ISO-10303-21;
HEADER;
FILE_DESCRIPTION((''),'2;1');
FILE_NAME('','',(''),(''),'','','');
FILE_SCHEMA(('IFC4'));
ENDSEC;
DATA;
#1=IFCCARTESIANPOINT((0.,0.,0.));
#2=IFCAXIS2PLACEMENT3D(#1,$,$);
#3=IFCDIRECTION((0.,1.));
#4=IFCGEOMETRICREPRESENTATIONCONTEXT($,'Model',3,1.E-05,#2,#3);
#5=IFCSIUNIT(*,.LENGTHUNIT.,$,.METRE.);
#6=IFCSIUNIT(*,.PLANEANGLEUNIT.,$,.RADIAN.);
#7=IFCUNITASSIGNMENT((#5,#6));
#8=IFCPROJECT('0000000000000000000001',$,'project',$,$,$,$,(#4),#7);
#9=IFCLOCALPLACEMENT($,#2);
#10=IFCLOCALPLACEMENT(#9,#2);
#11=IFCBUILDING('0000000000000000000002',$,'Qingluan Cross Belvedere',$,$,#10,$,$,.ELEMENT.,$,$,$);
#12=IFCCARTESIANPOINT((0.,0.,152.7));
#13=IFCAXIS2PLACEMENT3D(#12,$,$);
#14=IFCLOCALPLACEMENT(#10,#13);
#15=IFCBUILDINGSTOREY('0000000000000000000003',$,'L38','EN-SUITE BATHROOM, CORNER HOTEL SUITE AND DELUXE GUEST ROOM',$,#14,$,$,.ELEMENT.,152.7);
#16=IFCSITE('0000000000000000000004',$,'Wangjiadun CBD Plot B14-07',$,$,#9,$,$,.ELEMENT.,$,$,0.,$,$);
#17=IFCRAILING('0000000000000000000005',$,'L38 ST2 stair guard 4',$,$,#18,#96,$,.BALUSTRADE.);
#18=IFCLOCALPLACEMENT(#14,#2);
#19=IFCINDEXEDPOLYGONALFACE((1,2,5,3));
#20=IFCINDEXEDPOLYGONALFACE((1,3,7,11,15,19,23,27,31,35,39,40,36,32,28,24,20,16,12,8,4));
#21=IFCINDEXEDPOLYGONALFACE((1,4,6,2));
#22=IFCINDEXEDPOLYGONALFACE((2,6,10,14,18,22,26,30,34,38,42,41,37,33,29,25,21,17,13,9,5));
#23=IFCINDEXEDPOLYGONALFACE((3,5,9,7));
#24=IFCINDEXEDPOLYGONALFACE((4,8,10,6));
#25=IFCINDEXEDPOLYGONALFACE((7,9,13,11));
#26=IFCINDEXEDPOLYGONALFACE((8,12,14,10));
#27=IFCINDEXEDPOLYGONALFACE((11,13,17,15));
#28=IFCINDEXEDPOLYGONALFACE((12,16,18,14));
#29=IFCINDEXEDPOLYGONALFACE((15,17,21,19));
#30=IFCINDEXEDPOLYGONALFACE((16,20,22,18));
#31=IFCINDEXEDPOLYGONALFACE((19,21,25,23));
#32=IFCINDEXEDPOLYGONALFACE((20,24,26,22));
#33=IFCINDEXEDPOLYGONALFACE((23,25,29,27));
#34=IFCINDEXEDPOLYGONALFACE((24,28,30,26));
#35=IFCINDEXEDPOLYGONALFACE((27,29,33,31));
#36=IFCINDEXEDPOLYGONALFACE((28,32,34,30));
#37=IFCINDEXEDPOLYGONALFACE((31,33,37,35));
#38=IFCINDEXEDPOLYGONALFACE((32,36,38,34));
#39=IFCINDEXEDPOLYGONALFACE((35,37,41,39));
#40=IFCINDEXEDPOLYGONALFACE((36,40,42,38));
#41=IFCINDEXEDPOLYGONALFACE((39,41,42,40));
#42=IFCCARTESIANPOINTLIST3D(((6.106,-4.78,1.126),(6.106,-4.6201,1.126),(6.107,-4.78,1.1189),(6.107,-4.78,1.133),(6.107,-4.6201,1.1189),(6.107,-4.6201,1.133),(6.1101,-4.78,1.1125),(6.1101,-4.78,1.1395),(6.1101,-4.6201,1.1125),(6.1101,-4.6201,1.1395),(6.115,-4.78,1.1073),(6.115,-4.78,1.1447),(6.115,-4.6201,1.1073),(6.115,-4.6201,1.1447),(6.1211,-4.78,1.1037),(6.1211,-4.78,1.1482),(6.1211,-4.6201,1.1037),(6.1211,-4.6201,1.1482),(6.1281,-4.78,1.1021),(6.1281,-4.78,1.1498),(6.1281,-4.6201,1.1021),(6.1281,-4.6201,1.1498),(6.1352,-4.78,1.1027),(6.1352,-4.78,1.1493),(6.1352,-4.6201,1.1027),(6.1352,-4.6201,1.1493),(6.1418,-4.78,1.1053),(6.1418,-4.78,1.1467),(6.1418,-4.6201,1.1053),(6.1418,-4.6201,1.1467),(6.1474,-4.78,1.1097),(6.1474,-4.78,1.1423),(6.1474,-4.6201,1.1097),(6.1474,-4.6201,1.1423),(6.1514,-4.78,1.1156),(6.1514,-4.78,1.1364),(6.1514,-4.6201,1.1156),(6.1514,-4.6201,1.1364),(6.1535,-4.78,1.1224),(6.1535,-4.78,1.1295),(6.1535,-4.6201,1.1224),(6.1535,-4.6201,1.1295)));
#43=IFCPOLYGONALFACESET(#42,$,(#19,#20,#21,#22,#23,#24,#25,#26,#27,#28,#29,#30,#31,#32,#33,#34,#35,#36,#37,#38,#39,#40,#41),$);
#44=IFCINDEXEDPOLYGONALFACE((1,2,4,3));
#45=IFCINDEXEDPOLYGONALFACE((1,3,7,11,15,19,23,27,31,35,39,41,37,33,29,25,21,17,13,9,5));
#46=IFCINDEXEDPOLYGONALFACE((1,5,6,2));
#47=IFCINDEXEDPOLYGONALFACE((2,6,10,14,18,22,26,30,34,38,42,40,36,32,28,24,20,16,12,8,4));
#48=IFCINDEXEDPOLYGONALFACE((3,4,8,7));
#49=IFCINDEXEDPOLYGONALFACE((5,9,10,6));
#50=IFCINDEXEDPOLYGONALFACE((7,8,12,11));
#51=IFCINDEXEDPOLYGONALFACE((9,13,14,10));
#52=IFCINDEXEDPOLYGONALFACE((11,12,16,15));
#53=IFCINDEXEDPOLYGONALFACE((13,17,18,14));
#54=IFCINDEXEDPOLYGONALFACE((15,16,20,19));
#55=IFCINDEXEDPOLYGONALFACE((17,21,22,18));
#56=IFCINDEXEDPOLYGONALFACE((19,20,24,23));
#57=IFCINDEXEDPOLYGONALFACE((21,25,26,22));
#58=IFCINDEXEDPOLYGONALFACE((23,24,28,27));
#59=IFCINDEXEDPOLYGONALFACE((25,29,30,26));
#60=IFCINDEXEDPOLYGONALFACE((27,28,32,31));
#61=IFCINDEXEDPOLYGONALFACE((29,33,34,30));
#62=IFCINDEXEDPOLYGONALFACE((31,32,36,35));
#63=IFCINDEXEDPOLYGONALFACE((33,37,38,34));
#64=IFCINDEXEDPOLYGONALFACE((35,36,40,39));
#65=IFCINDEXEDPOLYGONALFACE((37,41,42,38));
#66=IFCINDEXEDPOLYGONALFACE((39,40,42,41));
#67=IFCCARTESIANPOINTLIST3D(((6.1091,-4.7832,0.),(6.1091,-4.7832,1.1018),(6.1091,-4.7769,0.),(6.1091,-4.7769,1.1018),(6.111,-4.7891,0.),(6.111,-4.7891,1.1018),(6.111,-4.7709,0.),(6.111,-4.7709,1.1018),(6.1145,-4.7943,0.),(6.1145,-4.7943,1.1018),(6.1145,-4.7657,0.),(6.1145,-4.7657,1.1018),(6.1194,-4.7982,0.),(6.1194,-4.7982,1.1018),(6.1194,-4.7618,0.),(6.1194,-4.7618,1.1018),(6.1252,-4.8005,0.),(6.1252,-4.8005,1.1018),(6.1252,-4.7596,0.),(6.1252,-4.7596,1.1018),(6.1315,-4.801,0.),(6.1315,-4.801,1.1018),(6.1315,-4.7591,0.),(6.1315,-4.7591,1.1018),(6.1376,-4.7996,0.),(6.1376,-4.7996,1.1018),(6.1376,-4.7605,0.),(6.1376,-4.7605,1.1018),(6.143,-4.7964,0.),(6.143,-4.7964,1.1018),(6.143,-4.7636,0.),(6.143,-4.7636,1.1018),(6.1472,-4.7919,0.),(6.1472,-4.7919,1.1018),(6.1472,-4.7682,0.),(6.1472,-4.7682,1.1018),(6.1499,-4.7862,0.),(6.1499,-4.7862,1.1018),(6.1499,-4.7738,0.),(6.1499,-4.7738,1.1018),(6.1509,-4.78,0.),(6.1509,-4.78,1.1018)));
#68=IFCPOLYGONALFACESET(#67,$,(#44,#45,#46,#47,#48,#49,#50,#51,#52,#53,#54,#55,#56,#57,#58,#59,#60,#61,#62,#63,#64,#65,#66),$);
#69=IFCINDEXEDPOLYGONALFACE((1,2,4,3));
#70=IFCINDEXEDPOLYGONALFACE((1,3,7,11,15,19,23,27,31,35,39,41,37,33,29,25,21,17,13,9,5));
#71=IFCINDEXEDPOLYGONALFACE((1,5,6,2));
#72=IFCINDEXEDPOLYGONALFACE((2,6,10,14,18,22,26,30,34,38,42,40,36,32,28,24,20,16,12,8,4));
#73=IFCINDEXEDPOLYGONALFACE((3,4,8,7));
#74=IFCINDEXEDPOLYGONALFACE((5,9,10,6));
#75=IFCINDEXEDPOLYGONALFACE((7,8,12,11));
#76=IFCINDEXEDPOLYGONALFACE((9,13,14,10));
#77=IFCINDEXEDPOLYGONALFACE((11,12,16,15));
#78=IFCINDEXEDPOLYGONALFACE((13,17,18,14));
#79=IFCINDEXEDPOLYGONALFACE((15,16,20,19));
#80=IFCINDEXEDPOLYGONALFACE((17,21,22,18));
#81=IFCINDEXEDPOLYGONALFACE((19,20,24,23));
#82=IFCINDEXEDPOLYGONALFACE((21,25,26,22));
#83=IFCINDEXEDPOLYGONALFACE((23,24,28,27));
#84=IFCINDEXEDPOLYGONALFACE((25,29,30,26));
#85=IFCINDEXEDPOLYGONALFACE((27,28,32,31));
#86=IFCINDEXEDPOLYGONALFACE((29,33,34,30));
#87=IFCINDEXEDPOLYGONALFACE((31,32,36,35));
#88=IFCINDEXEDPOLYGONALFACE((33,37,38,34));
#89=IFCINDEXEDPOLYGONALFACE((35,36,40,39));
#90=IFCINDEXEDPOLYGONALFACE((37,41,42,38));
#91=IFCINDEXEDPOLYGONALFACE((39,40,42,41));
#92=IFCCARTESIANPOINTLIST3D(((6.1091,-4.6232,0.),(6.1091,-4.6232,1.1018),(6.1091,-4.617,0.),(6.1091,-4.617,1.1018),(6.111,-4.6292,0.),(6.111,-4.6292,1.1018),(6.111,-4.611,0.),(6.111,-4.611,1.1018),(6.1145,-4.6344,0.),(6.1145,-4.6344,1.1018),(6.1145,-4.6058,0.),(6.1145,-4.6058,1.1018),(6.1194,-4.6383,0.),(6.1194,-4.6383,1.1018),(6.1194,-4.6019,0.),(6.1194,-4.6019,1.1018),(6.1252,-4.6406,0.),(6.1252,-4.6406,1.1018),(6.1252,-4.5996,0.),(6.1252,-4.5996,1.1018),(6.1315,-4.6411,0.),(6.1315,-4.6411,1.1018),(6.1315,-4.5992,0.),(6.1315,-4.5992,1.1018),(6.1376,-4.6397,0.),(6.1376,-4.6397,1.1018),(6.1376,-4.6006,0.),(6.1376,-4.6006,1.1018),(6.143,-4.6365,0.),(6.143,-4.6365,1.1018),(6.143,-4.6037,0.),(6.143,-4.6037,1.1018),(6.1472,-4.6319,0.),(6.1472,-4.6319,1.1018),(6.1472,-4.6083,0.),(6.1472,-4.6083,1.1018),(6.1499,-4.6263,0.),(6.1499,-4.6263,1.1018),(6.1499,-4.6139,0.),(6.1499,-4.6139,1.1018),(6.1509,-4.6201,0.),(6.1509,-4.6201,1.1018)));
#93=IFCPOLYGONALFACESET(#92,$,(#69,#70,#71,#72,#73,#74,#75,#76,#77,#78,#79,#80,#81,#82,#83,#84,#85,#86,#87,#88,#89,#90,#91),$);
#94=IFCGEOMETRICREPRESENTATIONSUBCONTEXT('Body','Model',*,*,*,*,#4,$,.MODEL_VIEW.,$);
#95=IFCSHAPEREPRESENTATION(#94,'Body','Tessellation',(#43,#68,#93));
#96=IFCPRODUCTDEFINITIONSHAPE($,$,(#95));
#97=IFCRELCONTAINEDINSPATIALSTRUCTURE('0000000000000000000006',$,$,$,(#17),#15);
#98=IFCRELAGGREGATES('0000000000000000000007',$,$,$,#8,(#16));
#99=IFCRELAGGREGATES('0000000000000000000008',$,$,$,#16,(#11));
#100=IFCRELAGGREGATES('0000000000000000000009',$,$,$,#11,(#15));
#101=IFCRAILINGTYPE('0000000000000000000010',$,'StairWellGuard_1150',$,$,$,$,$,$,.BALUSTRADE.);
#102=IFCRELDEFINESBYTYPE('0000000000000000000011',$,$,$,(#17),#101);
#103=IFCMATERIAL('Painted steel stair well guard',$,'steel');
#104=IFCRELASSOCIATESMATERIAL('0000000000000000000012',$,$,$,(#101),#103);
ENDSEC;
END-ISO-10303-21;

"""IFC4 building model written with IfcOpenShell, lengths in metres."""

from ifc_helpers import new_model, si_unit, direction, frame, origin, origin_2d, place, context, subcontext, project, spatial, circle, extrude, material, type_object, element, save


model = new_model("IFC4")

# Units and contexts
model_context = context("Model", 3, precision=1e-05, world=origin(), true_north=direction((0.0, 1.0)))
body_context = subcontext(model_context, "Body", "Model", "MODEL_VIEW")
ifc_project = project(units=[si_unit("LENGTHUNIT", "METRE"), si_unit("PLANEANGLEUNIT", "RADIAN")], contexts=[model_context])

# Site, building, storey
site_placement = place(None, origin())
site = spatial("IfcSite", under=ifc_project, at=site_placement, Name="Wangjiadun CBD Plot B14-07", CompositionType="ELEMENT", RefElevation=0.0)
building_placement = place(site_placement, origin())
building = spatial("IfcBuilding", under=site, at=building_placement, Name="Qingluan Cross Belvedere", CompositionType="ELEMENT")
storey_placement = place(building_placement, frame((0.0, 0.0, 152.7)))
storey = spatial("IfcBuildingStorey", under=building, at=storey_placement, Name="L38", Description="EN-SUITE BATHROOM, CORNER HOTEL SUITE AND DELUXE GUEST ROOM", CompositionType="ELEMENT", Elevation=152.7)

# Railing
ifc_material_1 = material(Name="Painted steel stair well guard", Category="steel")
railing_type_1 = type_object("IfcRailingType", Name="StairWellGuard_1150", PredefinedType="BALUSTRADE", material=ifc_material_1)
railing_1_placement = place(storey_placement, frame((6.1299, -4.78, 0.0)))
element("IfcRailing", 1, at=railing_1_placement, inside=storey, type_object=railing_type_1, Name="L38 ST2 stair guard 4", PredefinedType="BALUSTRADE", context=body_context, shape_type="SweptSolid", body=[
    extrude(circle(Radius=0.0239, at=origin_2d()), frame((0.0, 0.0, 1.126), z_axis=(0.0, 1.0, 0.0), x_axis=(-1.0, 0.0, 0.0)), (0.0, 0.0, 1.0), 0.1599),
    extrude(circle(Radius=0.021, at=origin_2d()), origin(), (0.0, 0.0, 1.0), 1.1018),
    extrude(circle(Radius=0.021, at=origin_2d()), frame((0.0, 0.1599, 0.0)), (0.0, 0.0, 1.0), 1.1018),
])

save(model, "model.ifc")
